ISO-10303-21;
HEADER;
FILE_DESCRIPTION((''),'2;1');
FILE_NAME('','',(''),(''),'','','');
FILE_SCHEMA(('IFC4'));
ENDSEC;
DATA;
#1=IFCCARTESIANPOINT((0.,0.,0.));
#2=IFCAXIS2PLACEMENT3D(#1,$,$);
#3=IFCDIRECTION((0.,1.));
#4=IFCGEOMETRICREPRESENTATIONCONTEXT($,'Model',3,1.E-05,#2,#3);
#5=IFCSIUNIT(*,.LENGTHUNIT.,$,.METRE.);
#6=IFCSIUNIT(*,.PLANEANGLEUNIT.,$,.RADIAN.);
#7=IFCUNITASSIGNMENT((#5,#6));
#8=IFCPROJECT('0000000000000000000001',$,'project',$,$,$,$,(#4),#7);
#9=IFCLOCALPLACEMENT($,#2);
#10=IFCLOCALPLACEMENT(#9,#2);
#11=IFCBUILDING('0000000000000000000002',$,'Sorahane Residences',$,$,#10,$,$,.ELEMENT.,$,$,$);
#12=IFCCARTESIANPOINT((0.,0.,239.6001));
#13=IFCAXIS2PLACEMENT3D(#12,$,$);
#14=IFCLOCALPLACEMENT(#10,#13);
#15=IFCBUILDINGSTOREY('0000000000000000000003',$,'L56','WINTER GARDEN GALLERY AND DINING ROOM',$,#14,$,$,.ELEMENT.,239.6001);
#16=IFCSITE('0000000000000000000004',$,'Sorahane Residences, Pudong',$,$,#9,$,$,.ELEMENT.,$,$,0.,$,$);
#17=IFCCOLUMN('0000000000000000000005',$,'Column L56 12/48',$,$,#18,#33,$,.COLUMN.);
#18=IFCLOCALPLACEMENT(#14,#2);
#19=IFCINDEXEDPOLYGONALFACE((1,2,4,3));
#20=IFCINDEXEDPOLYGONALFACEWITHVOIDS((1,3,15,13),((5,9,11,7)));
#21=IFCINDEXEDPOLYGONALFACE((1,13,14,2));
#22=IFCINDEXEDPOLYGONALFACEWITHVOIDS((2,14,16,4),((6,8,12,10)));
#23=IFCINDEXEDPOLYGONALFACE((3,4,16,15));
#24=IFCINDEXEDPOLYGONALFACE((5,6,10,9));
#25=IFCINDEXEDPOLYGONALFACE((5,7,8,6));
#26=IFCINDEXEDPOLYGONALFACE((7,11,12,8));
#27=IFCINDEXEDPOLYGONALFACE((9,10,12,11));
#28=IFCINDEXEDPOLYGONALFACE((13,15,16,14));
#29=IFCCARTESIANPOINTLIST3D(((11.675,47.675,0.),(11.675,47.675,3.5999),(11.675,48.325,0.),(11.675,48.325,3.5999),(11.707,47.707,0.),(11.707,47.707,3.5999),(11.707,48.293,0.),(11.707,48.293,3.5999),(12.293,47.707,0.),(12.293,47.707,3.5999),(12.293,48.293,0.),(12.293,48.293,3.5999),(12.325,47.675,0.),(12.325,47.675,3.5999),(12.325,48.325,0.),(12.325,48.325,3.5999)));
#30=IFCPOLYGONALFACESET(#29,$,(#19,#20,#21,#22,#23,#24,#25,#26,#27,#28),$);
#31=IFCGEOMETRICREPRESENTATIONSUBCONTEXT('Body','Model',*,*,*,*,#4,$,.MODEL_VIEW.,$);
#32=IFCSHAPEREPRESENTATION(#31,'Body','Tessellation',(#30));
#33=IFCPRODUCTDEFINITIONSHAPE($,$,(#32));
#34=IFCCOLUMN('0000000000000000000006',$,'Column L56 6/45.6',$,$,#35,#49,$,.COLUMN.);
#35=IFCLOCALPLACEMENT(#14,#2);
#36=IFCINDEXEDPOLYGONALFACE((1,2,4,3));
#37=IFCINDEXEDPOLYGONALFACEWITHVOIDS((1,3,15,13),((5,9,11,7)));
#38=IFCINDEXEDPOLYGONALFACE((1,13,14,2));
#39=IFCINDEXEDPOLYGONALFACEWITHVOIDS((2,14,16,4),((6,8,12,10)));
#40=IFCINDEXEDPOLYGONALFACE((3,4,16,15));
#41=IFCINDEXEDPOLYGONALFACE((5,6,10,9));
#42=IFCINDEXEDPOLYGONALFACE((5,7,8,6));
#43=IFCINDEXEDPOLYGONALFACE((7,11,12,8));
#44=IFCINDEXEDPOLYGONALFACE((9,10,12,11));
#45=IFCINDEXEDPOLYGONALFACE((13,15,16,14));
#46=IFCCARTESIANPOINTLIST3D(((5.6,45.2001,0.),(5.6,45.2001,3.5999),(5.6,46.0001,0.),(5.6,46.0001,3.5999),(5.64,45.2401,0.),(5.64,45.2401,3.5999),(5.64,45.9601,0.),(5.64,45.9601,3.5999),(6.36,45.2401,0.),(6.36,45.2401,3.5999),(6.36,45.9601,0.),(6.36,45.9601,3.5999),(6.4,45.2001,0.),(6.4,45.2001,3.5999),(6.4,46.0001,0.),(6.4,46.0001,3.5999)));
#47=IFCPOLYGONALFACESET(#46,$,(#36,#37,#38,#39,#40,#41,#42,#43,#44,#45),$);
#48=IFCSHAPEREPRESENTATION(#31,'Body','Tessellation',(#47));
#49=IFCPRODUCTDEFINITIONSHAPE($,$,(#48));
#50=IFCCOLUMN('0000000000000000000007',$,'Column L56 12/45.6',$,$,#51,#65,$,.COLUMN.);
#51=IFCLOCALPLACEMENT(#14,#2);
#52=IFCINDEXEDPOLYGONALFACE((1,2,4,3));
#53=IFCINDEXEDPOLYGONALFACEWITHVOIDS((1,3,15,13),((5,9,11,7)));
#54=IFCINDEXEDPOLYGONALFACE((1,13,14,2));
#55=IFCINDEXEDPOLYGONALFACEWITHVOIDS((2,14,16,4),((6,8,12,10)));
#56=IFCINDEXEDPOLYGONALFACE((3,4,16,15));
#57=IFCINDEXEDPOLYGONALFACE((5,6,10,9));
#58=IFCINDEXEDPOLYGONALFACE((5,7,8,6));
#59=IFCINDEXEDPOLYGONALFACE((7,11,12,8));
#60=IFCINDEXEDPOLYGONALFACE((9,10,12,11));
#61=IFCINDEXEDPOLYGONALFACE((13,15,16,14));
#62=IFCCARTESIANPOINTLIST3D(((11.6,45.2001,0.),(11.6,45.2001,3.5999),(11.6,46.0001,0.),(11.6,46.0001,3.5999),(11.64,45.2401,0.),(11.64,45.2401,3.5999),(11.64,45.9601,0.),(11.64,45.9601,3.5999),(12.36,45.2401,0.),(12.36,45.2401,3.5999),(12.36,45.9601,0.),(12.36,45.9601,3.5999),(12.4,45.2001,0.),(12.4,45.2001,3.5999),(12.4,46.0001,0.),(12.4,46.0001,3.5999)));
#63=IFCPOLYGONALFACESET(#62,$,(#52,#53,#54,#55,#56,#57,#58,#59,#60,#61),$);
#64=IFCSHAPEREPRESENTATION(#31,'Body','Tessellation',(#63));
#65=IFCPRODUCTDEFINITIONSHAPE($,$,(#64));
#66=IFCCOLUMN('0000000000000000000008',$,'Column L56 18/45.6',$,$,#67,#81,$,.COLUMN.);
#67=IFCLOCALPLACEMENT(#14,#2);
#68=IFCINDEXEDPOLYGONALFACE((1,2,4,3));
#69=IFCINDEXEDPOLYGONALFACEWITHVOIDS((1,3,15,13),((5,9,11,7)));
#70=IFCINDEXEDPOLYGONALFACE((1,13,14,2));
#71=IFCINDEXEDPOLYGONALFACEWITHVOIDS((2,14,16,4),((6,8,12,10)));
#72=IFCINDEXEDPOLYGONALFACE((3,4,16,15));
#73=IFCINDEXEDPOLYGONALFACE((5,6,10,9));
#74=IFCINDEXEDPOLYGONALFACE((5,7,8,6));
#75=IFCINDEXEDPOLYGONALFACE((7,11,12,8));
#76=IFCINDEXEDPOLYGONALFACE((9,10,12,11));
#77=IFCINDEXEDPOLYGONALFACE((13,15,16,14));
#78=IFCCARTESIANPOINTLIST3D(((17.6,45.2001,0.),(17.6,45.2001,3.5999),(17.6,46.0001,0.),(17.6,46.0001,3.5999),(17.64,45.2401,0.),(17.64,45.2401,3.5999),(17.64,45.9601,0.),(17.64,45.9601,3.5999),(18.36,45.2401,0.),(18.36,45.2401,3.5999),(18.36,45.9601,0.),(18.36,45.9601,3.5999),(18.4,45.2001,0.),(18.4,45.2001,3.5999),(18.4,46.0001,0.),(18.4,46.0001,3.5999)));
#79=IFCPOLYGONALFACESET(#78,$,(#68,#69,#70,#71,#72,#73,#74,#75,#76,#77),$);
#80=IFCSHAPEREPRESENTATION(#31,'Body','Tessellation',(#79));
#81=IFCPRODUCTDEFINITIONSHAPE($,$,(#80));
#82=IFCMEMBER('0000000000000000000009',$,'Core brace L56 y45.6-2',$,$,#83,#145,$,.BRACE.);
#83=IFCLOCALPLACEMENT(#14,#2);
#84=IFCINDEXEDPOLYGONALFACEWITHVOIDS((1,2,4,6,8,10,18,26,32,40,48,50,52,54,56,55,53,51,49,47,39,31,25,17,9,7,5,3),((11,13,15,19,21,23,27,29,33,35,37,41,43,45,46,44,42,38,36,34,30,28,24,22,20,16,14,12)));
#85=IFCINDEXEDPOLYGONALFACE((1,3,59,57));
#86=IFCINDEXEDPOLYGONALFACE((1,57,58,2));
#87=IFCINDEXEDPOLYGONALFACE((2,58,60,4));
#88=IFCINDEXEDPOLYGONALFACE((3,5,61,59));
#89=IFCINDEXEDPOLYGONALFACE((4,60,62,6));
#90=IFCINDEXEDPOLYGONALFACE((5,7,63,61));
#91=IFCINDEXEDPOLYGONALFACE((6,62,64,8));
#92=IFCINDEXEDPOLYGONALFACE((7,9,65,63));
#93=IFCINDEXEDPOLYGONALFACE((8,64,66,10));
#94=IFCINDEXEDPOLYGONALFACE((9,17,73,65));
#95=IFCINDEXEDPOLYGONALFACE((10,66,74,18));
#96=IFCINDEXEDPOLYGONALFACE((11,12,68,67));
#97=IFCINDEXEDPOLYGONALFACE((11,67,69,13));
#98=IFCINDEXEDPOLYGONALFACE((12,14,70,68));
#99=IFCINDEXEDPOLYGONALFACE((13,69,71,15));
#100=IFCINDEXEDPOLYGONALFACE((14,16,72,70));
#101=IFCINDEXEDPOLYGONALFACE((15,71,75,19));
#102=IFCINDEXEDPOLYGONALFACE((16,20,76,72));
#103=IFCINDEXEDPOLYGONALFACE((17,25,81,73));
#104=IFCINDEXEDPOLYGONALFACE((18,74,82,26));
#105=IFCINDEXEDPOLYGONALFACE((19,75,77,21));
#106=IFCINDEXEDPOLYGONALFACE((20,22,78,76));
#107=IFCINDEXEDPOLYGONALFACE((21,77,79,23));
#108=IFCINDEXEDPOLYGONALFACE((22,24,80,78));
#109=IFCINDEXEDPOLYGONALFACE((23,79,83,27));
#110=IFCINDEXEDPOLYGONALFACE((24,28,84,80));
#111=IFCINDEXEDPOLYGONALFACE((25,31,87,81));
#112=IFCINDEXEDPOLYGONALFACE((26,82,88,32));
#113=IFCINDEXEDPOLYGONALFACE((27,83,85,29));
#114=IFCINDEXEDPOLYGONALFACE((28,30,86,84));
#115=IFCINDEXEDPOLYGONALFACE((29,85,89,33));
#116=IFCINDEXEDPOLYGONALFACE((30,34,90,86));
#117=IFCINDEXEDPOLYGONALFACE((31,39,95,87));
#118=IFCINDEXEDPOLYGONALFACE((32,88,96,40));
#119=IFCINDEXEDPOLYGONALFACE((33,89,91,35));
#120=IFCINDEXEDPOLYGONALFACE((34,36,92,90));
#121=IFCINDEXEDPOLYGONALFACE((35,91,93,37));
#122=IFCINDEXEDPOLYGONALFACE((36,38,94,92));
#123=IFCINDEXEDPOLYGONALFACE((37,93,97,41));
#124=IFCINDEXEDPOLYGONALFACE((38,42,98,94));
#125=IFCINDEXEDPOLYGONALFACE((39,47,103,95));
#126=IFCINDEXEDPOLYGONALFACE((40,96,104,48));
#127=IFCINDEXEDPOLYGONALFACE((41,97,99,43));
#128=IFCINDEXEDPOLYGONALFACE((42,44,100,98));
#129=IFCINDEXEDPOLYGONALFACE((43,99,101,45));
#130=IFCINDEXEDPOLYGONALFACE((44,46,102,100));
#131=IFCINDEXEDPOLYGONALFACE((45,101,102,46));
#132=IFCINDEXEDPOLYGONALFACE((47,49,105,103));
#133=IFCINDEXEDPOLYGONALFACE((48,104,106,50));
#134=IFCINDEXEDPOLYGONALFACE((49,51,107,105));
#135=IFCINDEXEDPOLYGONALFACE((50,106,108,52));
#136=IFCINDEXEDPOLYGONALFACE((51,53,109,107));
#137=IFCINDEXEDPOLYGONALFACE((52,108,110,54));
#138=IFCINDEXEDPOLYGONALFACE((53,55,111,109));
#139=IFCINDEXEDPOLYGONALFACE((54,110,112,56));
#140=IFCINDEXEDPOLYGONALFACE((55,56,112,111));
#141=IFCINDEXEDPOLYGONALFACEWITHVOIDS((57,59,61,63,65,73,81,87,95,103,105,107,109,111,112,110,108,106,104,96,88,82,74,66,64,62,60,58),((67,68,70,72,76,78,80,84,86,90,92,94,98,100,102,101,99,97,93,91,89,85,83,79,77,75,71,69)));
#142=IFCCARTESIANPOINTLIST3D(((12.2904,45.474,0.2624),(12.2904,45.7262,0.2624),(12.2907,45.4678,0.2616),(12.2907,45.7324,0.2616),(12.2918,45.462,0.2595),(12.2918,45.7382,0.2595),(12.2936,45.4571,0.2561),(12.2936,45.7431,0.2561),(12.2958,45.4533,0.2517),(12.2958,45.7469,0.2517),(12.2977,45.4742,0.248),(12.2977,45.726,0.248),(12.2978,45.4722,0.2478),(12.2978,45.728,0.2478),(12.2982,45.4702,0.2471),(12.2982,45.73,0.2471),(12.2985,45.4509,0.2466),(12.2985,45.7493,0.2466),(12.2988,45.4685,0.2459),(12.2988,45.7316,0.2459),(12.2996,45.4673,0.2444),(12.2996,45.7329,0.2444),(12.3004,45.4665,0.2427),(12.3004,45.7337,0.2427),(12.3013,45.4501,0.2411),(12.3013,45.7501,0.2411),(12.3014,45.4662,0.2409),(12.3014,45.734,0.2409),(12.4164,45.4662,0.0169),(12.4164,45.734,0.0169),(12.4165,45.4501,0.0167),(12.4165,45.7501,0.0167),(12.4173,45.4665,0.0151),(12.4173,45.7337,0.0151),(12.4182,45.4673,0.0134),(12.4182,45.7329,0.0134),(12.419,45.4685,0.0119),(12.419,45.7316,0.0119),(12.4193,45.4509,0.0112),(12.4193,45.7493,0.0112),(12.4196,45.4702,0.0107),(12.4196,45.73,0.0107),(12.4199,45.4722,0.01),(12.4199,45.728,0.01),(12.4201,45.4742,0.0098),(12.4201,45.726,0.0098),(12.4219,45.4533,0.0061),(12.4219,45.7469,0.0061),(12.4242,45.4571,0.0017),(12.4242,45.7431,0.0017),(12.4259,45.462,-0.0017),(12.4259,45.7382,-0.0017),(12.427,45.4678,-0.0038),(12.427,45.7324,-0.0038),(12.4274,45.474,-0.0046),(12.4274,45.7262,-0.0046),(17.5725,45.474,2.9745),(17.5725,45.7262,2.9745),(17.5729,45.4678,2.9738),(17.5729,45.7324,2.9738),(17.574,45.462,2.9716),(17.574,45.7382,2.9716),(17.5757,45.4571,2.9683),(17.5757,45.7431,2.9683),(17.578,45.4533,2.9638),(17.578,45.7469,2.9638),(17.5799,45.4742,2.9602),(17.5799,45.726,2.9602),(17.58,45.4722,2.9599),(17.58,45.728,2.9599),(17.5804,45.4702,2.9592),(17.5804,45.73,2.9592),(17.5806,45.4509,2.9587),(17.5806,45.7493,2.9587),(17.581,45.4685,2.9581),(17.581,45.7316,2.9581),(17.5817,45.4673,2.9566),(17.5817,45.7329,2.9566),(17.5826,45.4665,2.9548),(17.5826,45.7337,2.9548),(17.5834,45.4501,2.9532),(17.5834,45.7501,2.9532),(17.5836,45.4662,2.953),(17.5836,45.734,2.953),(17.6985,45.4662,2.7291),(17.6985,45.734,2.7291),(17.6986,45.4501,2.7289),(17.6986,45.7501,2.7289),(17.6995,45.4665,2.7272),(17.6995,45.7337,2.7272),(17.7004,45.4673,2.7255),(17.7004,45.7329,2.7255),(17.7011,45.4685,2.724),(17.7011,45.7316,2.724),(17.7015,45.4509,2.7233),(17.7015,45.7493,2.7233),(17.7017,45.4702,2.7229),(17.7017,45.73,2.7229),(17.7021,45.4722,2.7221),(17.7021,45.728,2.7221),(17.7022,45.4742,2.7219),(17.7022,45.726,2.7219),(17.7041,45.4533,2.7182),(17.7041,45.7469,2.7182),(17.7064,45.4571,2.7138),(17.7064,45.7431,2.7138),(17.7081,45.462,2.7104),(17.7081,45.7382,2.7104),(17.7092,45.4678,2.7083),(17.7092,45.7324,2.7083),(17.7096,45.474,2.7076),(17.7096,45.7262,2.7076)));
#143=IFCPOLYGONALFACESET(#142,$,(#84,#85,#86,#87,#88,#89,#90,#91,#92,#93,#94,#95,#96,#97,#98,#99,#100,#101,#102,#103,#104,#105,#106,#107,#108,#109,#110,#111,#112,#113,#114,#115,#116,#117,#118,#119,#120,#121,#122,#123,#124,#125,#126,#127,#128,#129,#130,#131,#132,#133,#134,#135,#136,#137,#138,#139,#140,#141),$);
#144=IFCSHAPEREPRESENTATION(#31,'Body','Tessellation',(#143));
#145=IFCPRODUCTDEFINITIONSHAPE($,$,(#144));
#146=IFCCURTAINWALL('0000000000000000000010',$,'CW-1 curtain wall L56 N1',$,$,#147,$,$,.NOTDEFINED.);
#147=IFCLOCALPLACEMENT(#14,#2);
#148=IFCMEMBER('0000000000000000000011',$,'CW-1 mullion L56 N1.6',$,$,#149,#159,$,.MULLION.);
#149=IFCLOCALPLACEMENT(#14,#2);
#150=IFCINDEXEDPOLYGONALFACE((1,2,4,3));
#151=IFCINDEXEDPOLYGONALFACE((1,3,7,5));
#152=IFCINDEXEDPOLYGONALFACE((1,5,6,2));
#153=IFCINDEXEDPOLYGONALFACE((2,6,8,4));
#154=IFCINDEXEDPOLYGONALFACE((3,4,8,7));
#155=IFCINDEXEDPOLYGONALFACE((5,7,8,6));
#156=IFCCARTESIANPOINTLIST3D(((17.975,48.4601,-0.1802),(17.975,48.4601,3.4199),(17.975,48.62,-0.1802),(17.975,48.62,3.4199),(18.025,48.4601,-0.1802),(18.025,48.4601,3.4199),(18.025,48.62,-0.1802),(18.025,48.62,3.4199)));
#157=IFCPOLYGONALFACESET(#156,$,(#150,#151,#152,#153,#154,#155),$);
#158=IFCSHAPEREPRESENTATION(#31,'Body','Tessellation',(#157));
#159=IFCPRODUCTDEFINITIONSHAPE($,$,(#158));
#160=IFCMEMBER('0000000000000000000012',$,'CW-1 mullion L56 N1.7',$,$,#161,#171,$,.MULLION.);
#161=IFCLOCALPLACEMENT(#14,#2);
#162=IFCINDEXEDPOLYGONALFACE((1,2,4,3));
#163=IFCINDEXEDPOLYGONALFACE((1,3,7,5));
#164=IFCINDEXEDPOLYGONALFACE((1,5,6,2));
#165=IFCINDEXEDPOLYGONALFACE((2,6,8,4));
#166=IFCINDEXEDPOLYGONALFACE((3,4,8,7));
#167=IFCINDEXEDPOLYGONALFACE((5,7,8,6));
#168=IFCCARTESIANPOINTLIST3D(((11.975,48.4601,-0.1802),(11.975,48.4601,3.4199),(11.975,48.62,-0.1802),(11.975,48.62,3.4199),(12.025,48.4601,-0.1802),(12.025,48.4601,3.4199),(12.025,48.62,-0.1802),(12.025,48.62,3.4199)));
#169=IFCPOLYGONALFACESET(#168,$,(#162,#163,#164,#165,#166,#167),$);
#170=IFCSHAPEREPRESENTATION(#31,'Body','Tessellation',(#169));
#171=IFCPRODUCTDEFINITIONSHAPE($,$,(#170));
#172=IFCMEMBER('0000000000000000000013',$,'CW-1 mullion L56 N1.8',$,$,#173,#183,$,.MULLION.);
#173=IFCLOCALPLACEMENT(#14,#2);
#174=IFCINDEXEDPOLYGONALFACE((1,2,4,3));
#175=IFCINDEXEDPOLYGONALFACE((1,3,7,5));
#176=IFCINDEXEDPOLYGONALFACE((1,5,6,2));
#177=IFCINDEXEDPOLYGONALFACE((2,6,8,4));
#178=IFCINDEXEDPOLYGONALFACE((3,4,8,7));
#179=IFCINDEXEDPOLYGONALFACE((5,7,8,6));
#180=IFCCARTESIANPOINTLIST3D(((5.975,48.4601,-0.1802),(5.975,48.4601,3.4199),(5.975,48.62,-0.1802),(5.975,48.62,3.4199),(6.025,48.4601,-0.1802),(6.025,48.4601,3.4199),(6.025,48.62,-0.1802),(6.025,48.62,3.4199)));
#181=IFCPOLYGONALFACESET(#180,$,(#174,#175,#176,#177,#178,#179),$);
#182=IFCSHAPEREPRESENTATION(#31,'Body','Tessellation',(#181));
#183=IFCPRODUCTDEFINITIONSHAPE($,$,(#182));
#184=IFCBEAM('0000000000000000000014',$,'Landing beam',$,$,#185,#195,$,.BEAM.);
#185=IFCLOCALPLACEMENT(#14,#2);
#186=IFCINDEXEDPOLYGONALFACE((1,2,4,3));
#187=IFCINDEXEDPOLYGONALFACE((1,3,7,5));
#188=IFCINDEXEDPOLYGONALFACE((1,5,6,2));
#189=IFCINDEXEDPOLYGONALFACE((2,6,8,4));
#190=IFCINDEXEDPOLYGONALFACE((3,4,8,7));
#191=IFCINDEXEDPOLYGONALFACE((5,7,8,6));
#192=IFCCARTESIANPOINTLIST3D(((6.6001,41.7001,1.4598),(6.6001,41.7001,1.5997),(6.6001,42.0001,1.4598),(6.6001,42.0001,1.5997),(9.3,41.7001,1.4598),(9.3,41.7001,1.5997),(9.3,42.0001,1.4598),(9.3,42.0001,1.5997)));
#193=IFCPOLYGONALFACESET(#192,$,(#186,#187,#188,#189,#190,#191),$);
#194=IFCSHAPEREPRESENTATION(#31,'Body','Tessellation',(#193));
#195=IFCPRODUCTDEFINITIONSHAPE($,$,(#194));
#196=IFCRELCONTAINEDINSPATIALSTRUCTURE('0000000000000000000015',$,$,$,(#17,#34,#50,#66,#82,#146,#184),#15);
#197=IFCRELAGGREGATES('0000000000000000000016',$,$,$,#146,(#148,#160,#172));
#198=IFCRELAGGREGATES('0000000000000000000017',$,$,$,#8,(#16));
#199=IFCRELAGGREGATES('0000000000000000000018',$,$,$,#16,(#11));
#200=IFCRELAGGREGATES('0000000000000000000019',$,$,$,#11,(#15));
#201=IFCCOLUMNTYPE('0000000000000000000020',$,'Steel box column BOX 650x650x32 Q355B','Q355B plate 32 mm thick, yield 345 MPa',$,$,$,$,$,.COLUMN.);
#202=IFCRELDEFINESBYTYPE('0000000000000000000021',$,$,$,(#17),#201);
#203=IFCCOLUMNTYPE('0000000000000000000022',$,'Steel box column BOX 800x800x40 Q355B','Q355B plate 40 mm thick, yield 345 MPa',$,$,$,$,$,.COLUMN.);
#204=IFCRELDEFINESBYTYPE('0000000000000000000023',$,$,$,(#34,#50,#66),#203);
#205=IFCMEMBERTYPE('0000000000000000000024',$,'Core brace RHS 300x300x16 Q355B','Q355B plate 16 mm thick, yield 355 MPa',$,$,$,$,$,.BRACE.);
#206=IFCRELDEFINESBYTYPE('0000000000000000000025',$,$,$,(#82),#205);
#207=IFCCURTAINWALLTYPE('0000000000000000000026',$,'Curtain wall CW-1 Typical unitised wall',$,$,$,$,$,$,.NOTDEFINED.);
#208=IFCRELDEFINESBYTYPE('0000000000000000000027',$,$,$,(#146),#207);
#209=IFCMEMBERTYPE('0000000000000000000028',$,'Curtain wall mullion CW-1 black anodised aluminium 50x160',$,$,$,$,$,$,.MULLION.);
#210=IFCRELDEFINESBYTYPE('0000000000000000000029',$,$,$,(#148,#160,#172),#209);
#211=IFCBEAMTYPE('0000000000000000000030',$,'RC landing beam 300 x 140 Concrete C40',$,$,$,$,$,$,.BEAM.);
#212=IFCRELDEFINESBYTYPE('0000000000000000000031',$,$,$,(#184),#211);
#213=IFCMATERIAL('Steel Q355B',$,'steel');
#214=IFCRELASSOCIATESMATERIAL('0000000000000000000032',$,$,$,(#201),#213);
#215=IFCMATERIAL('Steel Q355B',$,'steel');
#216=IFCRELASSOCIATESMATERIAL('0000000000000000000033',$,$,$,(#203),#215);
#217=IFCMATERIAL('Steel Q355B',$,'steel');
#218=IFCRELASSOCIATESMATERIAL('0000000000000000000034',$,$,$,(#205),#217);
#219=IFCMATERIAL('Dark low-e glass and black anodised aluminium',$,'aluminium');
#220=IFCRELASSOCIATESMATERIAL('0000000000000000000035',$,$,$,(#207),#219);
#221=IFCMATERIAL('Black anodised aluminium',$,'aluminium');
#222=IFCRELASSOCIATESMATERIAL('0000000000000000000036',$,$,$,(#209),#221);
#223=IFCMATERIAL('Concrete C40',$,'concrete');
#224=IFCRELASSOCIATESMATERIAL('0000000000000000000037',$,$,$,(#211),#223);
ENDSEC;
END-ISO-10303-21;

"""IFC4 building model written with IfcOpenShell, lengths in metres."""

from ifc_helpers import new_model, si_unit, direction, frame, origin, origin_2d, place, context, subcontext, project, spatial, rectangle, hollow_rectangle, extrude, material, material_profile, profile_set, type_object, element, aggregate, save


model = new_model("IFC4")

# Units and contexts
model_context = context("Model", 3, precision=1e-05, world=origin(), true_north=direction((0.0, 1.0)))
body_context = subcontext(model_context, "Body", "Model", "MODEL_VIEW")
ifc_project = project(units=[si_unit("LENGTHUNIT", "METRE"), si_unit("PLANEANGLEUNIT", "RADIAN")], contexts=[model_context])

# Site, building, storey
site_placement = place(None, origin())
site = spatial("IfcSite", under=ifc_project, at=site_placement, Name="Sorahane Residences, Pudong", CompositionType="ELEMENT", RefElevation=0.0)
building_placement = place(site_placement, origin())
building = spatial("IfcBuilding", under=site, at=building_placement, Name="Sorahane Residences", CompositionType="ELEMENT")
storey_placement = place(building_placement, frame((0.0, 0.0, 239.6001)))
storey = spatial("IfcBuildingStorey", under=building, at=storey_placement, Name="L56", Description="WINTER GARDEN GALLERY AND DINING ROOM", CompositionType="ELEMENT", Elevation=239.6001)

# Columns
ifc_material_1 = material(Name="Steel Q355B", Category="steel")
ifc_material_profile_1 = material_profile(ifc_material_1, hollow_rectangle(XDim=0.6499, YDim=0.6499, WallThickness=0.032, at=origin_2d()), Name="BOX 650x650x32")
ifc_profile_set_1 = profile_set([ifc_material_profile_1], Name="Steel Q355B")
column_type_1 = type_object("IfcColumnType", Name="Steel box column BOX 650x650x32 Q355B", Description="Q355B plate 32 mm thick, yield 345 MPa", PredefinedType="COLUMN", material=ifc_profile_set_1)
column_placement = place(storey_placement, frame((12.0, 48.0, 0.0), z_axis=(0.0, 0.0, 1.0), x_axis=(1.0, 0.0, 0.0)))
element("IfcColumn", 1, at=column_placement, inside=storey, type_object=column_type_1, Name="Column L56 12/48", PredefinedType="COLUMN", context=body_context, shape_type="SweptSolid", body=[
    extrude(hollow_rectangle(XDim=0.6499, YDim=0.6499, WallThickness=0.032, at=origin_2d()), origin(), (0.0, 0.0, 1.0), 3.5999),
])
ifc_material_2 = material(Name="Steel Q355B", Category="steel")
ifc_material_profile_2 = material_profile(ifc_material_2, hollow_rectangle(XDim=0.8, YDim=0.8, WallThickness=0.04, at=origin_2d()), Name="BOX 800x800x40")
ifc_profile_set_2 = profile_set([ifc_material_profile_2], Name="Steel Q355B")
column_type_2 = type_object("IfcColumnType", Name="Steel box column BOX 800x800x40 Q355B", Description="Q355B plate 40 mm thick, yield 345 MPa", PredefinedType="COLUMN", material=ifc_profile_set_2)
for number, where, z_axis, x_axis, name in (
    (2, (6.0, 45.6001, 0.0), (0.0, 0.0, 1.0), (1.0, 0.0, 0.0), "Column L56 6/45.6"),
    (3, (12.0, 45.6001, 0.0), (0.0, 0.0, 1.0), (1.0, 0.0, 0.0), "Column L56 12/45.6"),
    (4, (18.0, 45.6001, 0.0), (0.0, 0.0, 1.0), (1.0, 0.0, 0.0), "Column L56 18/45.6"),
):
    element("IfcColumn", number, at=place(storey_placement, frame(where, z_axis=z_axis, x_axis=x_axis)), inside=storey, type_object=column_type_2, Name=name, PredefinedType="COLUMN", context=body_context, shape_type="SweptSolid", body=[
        extrude(hollow_rectangle(XDim=0.8, YDim=0.8, WallThickness=0.04, at=origin_2d()), origin(), (0.0, 0.0, 1.0), 3.5999),
    ])

# Member
ifc_material_3 = material(Name="Steel Q355B", Category="steel")
ifc_material_profile_3 = material_profile(ifc_material_3, hollow_rectangle(XDim=0.3, YDim=0.3, WallThickness=0.0161, InnerFilletRadius=0.0081, OuterFilletRadius=0.0239, at=origin_2d()), Name="RHS 300x300x16")
ifc_profile_set_3 = profile_set([ifc_material_profile_3], Name="Steel Q355B")
member_type_1 = type_object("IfcMemberType", Name="Core brace RHS 300x300x16 Q355B", Description="Q355B plate 16 mm thick, yield 355 MPa", PredefinedType="BRACE", material=ifc_profile_set_3)
member_1_placement = place(storey_placement, frame((12.3589, 45.6001, 0.1289), z_axis=(0.88959, 0.0, 0.45676), x_axis=(0.0, 1.0, 0.0)))
element("IfcMember", 5, at=member_1_placement, inside=storey, type_object=member_type_1, Name="Core brace L56 y45.6-2", PredefinedType="BRACE", context=body_context, shape_type="SweptSolid", body=[
    extrude(hollow_rectangle(XDim=0.3, YDim=0.3, WallThickness=0.0161, InnerFilletRadius=0.0081, OuterFilletRadius=0.0239, at=origin_2d()), origin(), (0.0, 0.0, 1.0), 5.9377),
])

# Curtain wall, members
ifc_material_4 = material(Name="Dark low-e glass and black anodised aluminium", Category="aluminium")
curtain_wall_type = type_object("IfcCurtainWallType", Name="Curtain wall CW-1 Typical unitised wall", PredefinedType="NOTDEFINED", material=ifc_material_4)
curtain_wall_placement = place(storey_placement, origin())
curtain_wall = element("IfcCurtainWall", 6, at=curtain_wall_placement, inside=storey, type_object=curtain_wall_type, Name="CW-1 curtain wall L56 N1", PredefinedType="NOTDEFINED")
ifc_material_5 = material(Name="Black anodised aluminium", Category="aluminium")
ifc_material_profile_4 = material_profile(ifc_material_5, rectangle(XDim=0.1599, YDim=0.05, at=origin_2d()), Name="Curtain wall mullion CW-1 black anodised aluminium 50x160")
ifc_profile_set_4 = profile_set([ifc_material_profile_4], Name="Black anodised aluminium")
member_type_2 = type_object("IfcMemberType", Name="Curtain wall mullion CW-1 black anodised aluminium 50x160", PredefinedType="MULLION", material=ifc_profile_set_4)
member_2_placement = place(storey_placement, frame((18.0, 48.54, -0.1802), z_axis=(0.0, 0.0, 1.0), x_axis=(0.0, 1.0, 0.0)))
member_2 = element("IfcMember", 7, at=member_2_placement, type_object=member_type_2, Name="CW-1 mullion L56 N1.6", PredefinedType="MULLION", context=body_context, shape_type="SweptSolid", body=[
    extrude(rectangle(XDim=0.1599, YDim=0.05, at=origin_2d()), origin(), (0.0, 0.0, 1.0), 3.6001),
])
member_3_placement = place(storey_placement, frame((12.0, 48.54, -0.1802), z_axis=(0.0, 0.0, 1.0), x_axis=(0.0, 1.0, 0.0)))
member_3 = element("IfcMember", 8, at=member_3_placement, type_object=member_type_2, Name="CW-1 mullion L56 N1.7", PredefinedType="MULLION", context=body_context, shape_type="SweptSolid", body=[
    extrude(rectangle(XDim=0.1599, YDim=0.05, at=origin_2d()), origin(), (0.0, 0.0, 1.0), 3.6001),
])
member_4_placement = place(storey_placement, frame((6.0, 48.54, -0.1802), z_axis=(0.0, 0.0, 1.0), x_axis=(0.0, 1.0, 0.0)))
member_4 = element("IfcMember", 9, at=member_4_placement, type_object=member_type_2, Name="CW-1 mullion L56 N1.8", PredefinedType="MULLION", context=body_context, shape_type="SweptSolid", body=[
    extrude(rectangle(XDim=0.1599, YDim=0.05, at=origin_2d()), origin(), (0.0, 0.0, 1.0), 3.6001),
])

# Beam
ifc_material_6 = material(Name="Concrete C40", Category="concrete")
ifc_material_profile_5 = material_profile(ifc_material_6, rectangle(XDim=0.3, YDim=0.1399, at=origin_2d()), Name="300x140")
ifc_profile_set_5 = profile_set([ifc_material_profile_5], Name="Concrete C40")
beam_type_1 = type_object("IfcBeamType", Name="RC landing beam 300 x 140 Concrete C40", PredefinedType="BEAM", material=ifc_profile_set_5)
for number, where, z_axis, x_axis, name in (
    (10, (6.6001, 41.8501, 1.5298), (1.0, 0.0, 0.0), (0.0, 1.0, 0.0), "Landing beam"),
):
    element("IfcBeam", number, at=place(storey_placement, frame(where, z_axis=z_axis, x_axis=x_axis)), inside=storey, type_object=beam_type_1, Name=name, PredefinedType="BEAM", context=body_context, shape_type="SweptSolid", body=[
        extrude(rectangle(XDim=0.3, YDim=0.1399, at=origin_2d()), origin(), (0.0, 0.0, 1.0), 2.7),
    ])

aggregate(curtain_wall, [member_2, member_3, member_4])

save(model, "model.ifc")
